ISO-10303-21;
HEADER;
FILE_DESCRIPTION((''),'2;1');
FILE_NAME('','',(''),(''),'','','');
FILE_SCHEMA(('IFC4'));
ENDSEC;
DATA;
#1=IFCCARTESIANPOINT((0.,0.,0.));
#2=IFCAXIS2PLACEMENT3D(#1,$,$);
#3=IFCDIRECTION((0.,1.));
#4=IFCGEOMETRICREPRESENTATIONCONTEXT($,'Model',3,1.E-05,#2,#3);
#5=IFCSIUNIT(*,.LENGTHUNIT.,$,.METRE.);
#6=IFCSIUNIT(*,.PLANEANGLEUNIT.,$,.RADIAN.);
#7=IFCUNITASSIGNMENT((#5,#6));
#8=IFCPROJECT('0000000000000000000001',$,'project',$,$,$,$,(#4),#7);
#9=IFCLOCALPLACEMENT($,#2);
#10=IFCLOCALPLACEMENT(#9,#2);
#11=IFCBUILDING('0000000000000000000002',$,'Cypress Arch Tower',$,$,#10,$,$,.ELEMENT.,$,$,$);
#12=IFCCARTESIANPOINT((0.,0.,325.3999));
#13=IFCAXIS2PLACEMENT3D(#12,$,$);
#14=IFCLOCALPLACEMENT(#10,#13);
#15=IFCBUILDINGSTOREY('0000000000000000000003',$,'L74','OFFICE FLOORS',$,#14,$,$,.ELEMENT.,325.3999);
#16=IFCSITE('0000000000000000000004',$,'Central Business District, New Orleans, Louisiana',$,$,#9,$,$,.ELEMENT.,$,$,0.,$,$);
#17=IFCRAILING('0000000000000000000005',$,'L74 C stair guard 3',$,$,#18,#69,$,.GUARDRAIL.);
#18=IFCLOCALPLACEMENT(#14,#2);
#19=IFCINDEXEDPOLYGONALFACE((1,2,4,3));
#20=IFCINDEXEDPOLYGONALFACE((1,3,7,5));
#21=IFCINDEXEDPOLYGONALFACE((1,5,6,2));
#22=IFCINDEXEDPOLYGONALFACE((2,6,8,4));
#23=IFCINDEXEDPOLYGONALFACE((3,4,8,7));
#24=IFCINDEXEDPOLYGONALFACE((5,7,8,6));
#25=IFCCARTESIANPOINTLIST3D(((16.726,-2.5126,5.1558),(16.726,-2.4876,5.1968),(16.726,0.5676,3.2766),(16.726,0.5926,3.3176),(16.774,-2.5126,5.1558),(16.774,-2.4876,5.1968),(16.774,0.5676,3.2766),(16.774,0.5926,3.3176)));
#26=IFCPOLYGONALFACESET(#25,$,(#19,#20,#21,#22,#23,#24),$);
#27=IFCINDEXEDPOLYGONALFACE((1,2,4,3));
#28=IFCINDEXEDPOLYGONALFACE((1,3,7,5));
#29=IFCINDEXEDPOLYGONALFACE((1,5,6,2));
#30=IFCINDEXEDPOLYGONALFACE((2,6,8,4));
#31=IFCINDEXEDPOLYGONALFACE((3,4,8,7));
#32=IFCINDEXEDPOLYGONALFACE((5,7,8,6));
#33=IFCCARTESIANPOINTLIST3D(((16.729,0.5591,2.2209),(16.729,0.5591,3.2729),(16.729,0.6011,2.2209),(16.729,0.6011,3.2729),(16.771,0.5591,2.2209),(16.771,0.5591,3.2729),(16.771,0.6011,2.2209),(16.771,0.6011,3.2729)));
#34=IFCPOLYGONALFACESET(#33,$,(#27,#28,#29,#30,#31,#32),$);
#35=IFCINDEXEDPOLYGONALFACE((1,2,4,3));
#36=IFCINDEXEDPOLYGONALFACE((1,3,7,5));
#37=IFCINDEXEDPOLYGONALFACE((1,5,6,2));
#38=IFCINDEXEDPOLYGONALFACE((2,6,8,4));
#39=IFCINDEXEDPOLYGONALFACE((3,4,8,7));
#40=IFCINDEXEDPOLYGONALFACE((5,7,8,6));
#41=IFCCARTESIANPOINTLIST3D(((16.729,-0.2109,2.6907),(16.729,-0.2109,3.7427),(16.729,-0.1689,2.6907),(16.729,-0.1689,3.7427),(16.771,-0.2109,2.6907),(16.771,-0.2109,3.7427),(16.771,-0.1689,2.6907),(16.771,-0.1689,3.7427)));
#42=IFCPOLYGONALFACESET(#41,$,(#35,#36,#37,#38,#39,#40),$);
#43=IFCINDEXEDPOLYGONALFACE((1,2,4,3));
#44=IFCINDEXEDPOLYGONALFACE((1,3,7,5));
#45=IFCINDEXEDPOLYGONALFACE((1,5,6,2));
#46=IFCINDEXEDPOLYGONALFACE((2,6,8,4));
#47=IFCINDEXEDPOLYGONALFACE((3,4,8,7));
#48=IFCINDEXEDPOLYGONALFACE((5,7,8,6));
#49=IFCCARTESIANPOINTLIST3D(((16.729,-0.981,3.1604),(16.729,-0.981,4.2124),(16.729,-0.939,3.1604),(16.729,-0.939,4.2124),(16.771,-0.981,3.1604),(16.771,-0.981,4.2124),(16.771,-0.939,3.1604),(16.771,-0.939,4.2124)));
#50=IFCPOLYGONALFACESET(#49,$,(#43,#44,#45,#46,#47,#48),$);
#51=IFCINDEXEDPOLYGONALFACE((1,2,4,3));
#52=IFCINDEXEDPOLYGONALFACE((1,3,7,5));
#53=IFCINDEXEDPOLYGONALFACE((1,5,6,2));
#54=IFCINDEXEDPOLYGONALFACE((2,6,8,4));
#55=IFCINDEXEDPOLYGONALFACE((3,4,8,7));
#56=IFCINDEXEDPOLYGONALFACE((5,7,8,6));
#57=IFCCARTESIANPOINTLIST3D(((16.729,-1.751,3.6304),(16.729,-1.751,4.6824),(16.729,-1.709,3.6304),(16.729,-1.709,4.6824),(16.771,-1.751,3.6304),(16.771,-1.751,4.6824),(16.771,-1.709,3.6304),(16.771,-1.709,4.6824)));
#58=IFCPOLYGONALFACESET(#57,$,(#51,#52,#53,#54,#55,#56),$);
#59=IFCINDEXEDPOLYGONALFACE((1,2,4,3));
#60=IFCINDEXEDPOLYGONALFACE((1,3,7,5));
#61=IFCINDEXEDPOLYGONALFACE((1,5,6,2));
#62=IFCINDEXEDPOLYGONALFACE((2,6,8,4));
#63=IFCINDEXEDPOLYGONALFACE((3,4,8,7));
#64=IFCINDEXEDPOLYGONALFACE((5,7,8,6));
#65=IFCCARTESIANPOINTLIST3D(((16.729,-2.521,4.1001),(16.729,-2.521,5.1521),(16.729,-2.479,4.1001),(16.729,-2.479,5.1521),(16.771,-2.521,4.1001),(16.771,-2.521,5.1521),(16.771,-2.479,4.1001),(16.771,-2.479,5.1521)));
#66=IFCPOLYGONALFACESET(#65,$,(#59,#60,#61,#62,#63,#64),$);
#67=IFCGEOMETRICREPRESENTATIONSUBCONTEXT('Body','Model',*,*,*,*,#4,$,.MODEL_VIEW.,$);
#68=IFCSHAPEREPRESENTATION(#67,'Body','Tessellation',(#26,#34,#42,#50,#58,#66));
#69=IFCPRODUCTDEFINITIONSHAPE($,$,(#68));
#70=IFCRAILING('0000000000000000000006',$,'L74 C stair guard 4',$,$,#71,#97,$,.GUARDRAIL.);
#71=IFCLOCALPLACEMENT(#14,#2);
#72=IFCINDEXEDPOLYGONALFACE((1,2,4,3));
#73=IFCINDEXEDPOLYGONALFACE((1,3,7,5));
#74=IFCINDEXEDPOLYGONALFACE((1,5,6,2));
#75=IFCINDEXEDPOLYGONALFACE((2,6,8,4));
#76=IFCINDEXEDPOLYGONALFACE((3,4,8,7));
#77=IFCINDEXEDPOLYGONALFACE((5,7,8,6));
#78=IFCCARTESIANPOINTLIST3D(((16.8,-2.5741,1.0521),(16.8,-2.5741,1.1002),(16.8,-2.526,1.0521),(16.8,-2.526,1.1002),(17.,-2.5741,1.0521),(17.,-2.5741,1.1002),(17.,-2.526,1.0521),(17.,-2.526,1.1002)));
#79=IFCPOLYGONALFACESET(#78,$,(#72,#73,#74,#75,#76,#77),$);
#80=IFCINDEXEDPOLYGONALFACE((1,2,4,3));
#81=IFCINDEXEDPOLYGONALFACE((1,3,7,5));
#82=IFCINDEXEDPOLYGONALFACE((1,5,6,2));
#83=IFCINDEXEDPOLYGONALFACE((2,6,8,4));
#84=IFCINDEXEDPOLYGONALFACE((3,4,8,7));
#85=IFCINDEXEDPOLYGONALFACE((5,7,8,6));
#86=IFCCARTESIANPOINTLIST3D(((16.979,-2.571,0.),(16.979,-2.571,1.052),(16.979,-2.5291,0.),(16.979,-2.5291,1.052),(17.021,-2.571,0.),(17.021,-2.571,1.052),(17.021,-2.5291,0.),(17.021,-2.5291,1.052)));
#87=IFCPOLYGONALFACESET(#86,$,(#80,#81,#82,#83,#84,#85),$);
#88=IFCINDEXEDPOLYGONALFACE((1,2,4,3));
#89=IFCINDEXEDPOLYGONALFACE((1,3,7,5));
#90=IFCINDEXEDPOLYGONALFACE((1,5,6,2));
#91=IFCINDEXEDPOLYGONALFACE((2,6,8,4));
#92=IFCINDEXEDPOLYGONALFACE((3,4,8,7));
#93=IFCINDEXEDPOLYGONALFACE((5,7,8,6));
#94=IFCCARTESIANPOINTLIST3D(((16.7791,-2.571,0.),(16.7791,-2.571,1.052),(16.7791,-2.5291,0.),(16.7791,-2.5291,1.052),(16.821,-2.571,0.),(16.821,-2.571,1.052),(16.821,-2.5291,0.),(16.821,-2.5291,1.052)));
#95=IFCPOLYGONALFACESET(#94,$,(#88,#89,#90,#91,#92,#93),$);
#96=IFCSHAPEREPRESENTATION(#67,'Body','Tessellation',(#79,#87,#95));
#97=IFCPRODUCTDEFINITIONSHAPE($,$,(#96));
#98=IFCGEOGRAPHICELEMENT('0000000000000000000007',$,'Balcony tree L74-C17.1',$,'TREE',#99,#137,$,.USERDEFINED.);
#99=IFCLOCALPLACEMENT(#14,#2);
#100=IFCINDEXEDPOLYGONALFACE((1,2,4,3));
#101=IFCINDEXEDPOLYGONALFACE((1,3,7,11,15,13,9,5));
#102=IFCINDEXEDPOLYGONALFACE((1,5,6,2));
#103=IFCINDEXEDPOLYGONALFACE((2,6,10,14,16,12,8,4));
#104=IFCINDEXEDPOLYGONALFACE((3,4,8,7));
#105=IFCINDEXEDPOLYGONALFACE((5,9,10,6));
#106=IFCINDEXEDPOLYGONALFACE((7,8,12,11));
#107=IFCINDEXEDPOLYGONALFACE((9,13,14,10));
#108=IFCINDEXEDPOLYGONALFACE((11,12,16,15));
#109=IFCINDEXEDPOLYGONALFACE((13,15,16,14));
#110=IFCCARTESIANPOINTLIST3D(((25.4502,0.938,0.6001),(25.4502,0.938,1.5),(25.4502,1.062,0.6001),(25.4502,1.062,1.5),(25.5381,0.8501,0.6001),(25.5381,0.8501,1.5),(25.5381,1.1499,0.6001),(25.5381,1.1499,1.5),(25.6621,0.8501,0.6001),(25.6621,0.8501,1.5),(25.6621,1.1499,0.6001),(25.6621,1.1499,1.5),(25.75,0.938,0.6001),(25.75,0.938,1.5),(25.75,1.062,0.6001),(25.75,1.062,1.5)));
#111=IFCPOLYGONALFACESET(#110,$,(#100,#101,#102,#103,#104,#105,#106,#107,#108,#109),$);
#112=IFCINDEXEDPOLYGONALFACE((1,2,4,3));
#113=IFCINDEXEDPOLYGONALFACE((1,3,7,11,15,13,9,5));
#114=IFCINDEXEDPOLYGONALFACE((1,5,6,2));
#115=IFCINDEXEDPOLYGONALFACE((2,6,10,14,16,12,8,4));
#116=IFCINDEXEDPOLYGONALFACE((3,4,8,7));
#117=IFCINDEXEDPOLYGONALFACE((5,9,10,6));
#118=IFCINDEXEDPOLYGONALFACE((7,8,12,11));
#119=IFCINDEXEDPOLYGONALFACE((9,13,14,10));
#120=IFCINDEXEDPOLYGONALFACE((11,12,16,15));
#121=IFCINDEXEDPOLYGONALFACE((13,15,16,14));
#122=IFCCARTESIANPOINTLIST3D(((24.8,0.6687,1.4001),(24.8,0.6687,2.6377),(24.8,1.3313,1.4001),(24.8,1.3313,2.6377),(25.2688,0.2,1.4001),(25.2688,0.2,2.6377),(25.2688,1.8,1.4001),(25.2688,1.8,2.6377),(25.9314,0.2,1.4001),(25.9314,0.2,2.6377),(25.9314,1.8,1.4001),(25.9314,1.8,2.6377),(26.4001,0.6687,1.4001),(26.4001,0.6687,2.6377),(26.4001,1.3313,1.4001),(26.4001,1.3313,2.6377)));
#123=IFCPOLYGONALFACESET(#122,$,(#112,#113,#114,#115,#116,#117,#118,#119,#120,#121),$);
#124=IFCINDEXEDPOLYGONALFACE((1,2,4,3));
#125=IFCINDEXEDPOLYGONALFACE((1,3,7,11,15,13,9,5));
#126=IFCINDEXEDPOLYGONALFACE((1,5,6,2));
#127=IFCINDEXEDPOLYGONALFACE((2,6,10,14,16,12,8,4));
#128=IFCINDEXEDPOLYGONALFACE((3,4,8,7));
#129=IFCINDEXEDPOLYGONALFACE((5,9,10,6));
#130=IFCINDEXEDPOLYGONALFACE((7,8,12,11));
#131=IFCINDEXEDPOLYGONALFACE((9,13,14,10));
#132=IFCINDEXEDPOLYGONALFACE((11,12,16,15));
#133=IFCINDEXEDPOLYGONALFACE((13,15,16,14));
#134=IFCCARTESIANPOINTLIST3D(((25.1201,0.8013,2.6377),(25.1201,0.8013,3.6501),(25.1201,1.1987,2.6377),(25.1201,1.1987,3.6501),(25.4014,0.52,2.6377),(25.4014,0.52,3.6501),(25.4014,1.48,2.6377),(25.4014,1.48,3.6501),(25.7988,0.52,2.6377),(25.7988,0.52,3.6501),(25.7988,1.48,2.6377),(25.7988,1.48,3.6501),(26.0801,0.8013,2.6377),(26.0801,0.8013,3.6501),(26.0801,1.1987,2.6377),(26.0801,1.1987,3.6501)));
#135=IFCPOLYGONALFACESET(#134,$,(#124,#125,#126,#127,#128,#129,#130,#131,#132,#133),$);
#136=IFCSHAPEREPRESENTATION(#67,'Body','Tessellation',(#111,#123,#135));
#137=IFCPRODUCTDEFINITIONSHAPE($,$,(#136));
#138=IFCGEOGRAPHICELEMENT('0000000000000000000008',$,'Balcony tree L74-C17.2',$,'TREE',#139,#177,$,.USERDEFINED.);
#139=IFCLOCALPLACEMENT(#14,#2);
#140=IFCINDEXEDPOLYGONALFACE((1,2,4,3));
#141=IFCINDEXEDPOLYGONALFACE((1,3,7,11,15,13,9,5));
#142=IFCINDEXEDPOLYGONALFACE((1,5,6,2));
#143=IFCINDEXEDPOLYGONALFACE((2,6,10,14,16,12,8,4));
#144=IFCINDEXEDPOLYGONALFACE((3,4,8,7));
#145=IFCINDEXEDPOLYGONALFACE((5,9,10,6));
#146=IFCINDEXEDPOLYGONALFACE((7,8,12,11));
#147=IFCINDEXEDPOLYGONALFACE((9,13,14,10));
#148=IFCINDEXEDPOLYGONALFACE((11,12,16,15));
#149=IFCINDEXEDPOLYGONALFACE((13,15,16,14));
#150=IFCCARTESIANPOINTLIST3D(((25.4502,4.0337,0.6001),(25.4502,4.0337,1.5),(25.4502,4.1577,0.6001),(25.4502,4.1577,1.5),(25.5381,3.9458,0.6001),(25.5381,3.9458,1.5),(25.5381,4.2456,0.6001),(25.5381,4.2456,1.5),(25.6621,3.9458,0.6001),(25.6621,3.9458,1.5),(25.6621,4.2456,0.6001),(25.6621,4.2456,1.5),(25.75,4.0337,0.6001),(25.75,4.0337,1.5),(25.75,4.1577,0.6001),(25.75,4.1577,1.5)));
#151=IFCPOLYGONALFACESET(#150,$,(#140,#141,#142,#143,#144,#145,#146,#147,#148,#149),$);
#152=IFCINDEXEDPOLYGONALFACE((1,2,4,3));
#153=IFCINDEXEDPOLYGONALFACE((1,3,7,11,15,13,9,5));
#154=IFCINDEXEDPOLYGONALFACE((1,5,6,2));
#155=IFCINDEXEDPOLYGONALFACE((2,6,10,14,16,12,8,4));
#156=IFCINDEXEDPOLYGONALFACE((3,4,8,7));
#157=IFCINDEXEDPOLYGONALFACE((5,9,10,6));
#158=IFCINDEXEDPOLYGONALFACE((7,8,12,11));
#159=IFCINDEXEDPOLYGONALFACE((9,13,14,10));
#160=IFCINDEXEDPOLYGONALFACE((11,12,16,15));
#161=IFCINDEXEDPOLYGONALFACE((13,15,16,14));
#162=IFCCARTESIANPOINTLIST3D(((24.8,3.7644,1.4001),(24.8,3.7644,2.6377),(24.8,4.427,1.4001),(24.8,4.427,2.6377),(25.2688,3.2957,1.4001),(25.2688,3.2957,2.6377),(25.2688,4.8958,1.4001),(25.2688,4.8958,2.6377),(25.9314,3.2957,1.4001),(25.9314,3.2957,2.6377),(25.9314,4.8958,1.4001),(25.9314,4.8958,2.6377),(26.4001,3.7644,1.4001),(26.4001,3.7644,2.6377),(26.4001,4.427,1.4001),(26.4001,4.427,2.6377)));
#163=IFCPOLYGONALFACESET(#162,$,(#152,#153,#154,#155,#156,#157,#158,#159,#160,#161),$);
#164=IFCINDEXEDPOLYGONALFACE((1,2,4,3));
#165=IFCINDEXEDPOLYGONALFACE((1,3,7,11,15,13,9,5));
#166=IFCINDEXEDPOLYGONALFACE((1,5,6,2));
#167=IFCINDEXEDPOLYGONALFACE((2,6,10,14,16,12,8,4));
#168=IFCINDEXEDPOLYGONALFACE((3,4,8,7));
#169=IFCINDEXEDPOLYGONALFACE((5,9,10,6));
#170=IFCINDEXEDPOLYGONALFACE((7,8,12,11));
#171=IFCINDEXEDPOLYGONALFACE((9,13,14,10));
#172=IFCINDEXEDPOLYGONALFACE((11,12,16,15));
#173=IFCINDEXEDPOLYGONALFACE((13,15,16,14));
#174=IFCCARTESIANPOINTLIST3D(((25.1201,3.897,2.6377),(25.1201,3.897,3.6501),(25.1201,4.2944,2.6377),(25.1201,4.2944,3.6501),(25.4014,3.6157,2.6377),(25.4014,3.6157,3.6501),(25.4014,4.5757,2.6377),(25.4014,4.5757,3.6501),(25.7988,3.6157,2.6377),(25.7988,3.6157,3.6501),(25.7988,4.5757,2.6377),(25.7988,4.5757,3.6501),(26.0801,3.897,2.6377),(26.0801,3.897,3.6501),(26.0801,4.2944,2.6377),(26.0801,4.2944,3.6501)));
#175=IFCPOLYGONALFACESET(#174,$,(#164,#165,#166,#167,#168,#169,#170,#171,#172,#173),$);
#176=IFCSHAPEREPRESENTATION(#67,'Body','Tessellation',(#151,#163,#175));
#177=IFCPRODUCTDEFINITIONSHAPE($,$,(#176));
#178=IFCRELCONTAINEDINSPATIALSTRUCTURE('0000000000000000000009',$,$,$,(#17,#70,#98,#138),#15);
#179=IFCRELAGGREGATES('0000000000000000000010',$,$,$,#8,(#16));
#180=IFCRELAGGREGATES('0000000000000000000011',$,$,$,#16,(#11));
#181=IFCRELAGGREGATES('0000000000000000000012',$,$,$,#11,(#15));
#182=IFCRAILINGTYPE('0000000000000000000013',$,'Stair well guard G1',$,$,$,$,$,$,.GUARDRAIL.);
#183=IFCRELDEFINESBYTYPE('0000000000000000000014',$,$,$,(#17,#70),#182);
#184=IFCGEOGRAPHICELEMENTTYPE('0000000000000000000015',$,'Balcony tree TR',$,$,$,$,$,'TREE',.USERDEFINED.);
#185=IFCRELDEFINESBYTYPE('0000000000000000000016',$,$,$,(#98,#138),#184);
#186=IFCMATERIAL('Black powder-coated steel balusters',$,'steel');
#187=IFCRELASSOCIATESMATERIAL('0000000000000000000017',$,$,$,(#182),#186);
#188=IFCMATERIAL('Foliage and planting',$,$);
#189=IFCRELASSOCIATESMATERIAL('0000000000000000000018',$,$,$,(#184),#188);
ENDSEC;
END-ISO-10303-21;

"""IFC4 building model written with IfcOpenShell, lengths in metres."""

from ifc_helpers import new_model, si_unit, direction, frame, origin, origin_2d, place, context, subcontext, project, spatial, polyline, rectangle, outline, extrude, material, type_object, element, save


model = new_model("IFC4")

# Units and contexts
model_context = context("Model", 3, precision=1e-05, world=origin(), true_north=direction((0.0, 1.0)))
body_context = subcontext(model_context, "Body", "Model", "MODEL_VIEW")
ifc_project = project(units=[si_unit("LENGTHUNIT", "METRE"), si_unit("PLANEANGLEUNIT", "RADIAN")], contexts=[model_context])

# Site, building, storey
site_placement = place(None, origin())
site = spatial("IfcSite", under=ifc_project, at=site_placement, Name="Central Business District, New Orleans, Louisiana", CompositionType="ELEMENT", RefElevation=0.0)
building_placement = place(site_placement, origin())
building = spatial("IfcBuilding", under=site, at=building_placement, Name="Cypress Arch Tower", CompositionType="ELEMENT")
storey_placement = place(building_placement, frame((0.0, 0.0, 325.3999)))
storey = spatial("IfcBuildingStorey", under=building, at=storey_placement, Name="L74", Description="OFFICE FLOORS", CompositionType="ELEMENT", Elevation=325.3999)

# Railings
ifc_material_1 = material(Name="Black powder-coated steel balusters", Category="steel")
railing_type_1 = type_object("IfcRailingType", Name="Stair well guard G1", PredefinedType="GUARDRAIL", material=ifc_material_1)
railing_1_placement = place(storey_placement, frame((16.75, 0.5801, 2.2209)))
element("IfcRailing", 1, at=railing_1_placement, inside=storey, type_object=railing_type_1, Name="L74 C stair guard 3", PredefinedType="GUARDRAIL", context=body_context, shape_type="SweptSolid", body=[
    extrude(rectangle(XDim=0.0481, YDim=0.0481, at=origin_2d()), frame((0.0, 0.0, 1.0762), z_axis=(0.0, -0.853666, 0.52082), x_axis=(1.0, 0.0, 0.0)), (0.0, 0.0, 1.0), 3.6082),
    extrude(rectangle(XDim=0.042, YDim=0.042, at=origin_2d()), origin(), (0.0, 0.0, 1.0), 1.052),
    extrude(rectangle(XDim=0.042, YDim=0.042, at=origin_2d()), frame((0.0, -0.77, 0.4697)), (0.0, 0.0, 1.0), 1.052),
    extrude(rectangle(XDim=0.042, YDim=0.042, at=origin_2d()), frame((0.0, -1.54, 0.9395)), (0.0, 0.0, 1.0), 1.052),
    extrude(rectangle(XDim=0.042, YDim=0.042, at=origin_2d()), frame((0.0, -2.3101, 1.4094)), (0.0, 0.0, 1.0), 1.052),
    extrude(rectangle(XDim=0.042, YDim=0.042, at=origin_2d()), frame((0.0, -3.0801, 1.8792)), (0.0, 0.0, 1.0), 1.052),
])
railing_2_placement = place(storey_placement, frame((17.0, -2.55, 0.0)))
element("IfcRailing", 2, at=railing_2_placement, inside=storey, type_object=railing_type_1, Name="L74 C stair guard 4", PredefinedType="GUARDRAIL", context=body_context, shape_type="SweptSolid", body=[
    extrude(rectangle(XDim=0.0481, YDim=0.0481, at=origin_2d()), frame((0.0, 0.0, 1.0762), z_axis=(-1.0, 0.0, 0.0), x_axis=(0.0, -1.0, 0.0)), (0.0, 0.0, 1.0), 0.2),
    extrude(rectangle(XDim=0.042, YDim=0.042, at=origin_2d()), origin(), (0.0, 0.0, 1.0), 1.052),
    extrude(rectangle(XDim=0.042, YDim=0.042, at=origin_2d()), frame((-0.2, 0.0, 0.0)), (0.0, 0.0, 1.0), 1.052),
])

# Geographic elements
ifc_material_2 = material(Name="Foliage and planting")
geographic_element_type = type_object("IfcGeographicElementType", Name="Balcony tree TR", ElementType="TREE", PredefinedType="USERDEFINED", material=ifc_material_2)
for number, where, z_axis, x_axis, name in (
    (3, (25.6001, 1.0, 0.6001), (0.0, 0.0, 1.0), (1.0, 0.0, 0.0), "Balcony tree L74-C17.1"),
    (4, (25.6001, 4.0957, 0.6001), (0.0, 0.0, 1.0), (1.0, 0.0, 0.0), "Balcony tree L74-C17.2"),
):
    element("IfcGeographicElement", number, at=place(storey_placement, frame(where, z_axis=z_axis, x_axis=x_axis)), inside=storey, type_object=geographic_element_type, Name=name, ObjectType="TREE", PredefinedType="USERDEFINED", context=body_context, shape_type="SweptSolid", body=[
        extrude(outline(polyline([(0.1499, 0.062), (0.062, 0.1499), (-0.062, 0.1499), (-0.1499, 0.062), (-0.1499, -0.062), (-0.062, -0.1499), (0.062, -0.1499), (0.1499, -0.062), (0.1499, 0.062)])), origin(), (0.0, 0.0, 1.0), 0.8999),
        extrude(outline(polyline([(0.8, 0.3313), (0.3313, 0.8), (-0.3313, 0.8), (-0.8, 0.3313), (-0.8, -0.3313), (-0.3313, -0.8), (0.3313, -0.8), (0.8, -0.3313), (0.8, 0.3313)])), frame((0.0, 0.0, 0.8)), (0.0, 0.0, 1.0), 1.2375),
        extrude(outline(polyline([(0.48, 0.1987), (0.1987, 0.48), (-0.1987, 0.48), (-0.48, 0.1987), (-0.48, -0.1987), (-0.1987, -0.48), (0.1987, -0.48), (0.48, -0.1987), (0.48, 0.1987)])), frame((0.0, 0.0, 2.0376)), (0.0, 0.0, 1.0), 1.0125),
    ])

save(model, "model.ifc")
